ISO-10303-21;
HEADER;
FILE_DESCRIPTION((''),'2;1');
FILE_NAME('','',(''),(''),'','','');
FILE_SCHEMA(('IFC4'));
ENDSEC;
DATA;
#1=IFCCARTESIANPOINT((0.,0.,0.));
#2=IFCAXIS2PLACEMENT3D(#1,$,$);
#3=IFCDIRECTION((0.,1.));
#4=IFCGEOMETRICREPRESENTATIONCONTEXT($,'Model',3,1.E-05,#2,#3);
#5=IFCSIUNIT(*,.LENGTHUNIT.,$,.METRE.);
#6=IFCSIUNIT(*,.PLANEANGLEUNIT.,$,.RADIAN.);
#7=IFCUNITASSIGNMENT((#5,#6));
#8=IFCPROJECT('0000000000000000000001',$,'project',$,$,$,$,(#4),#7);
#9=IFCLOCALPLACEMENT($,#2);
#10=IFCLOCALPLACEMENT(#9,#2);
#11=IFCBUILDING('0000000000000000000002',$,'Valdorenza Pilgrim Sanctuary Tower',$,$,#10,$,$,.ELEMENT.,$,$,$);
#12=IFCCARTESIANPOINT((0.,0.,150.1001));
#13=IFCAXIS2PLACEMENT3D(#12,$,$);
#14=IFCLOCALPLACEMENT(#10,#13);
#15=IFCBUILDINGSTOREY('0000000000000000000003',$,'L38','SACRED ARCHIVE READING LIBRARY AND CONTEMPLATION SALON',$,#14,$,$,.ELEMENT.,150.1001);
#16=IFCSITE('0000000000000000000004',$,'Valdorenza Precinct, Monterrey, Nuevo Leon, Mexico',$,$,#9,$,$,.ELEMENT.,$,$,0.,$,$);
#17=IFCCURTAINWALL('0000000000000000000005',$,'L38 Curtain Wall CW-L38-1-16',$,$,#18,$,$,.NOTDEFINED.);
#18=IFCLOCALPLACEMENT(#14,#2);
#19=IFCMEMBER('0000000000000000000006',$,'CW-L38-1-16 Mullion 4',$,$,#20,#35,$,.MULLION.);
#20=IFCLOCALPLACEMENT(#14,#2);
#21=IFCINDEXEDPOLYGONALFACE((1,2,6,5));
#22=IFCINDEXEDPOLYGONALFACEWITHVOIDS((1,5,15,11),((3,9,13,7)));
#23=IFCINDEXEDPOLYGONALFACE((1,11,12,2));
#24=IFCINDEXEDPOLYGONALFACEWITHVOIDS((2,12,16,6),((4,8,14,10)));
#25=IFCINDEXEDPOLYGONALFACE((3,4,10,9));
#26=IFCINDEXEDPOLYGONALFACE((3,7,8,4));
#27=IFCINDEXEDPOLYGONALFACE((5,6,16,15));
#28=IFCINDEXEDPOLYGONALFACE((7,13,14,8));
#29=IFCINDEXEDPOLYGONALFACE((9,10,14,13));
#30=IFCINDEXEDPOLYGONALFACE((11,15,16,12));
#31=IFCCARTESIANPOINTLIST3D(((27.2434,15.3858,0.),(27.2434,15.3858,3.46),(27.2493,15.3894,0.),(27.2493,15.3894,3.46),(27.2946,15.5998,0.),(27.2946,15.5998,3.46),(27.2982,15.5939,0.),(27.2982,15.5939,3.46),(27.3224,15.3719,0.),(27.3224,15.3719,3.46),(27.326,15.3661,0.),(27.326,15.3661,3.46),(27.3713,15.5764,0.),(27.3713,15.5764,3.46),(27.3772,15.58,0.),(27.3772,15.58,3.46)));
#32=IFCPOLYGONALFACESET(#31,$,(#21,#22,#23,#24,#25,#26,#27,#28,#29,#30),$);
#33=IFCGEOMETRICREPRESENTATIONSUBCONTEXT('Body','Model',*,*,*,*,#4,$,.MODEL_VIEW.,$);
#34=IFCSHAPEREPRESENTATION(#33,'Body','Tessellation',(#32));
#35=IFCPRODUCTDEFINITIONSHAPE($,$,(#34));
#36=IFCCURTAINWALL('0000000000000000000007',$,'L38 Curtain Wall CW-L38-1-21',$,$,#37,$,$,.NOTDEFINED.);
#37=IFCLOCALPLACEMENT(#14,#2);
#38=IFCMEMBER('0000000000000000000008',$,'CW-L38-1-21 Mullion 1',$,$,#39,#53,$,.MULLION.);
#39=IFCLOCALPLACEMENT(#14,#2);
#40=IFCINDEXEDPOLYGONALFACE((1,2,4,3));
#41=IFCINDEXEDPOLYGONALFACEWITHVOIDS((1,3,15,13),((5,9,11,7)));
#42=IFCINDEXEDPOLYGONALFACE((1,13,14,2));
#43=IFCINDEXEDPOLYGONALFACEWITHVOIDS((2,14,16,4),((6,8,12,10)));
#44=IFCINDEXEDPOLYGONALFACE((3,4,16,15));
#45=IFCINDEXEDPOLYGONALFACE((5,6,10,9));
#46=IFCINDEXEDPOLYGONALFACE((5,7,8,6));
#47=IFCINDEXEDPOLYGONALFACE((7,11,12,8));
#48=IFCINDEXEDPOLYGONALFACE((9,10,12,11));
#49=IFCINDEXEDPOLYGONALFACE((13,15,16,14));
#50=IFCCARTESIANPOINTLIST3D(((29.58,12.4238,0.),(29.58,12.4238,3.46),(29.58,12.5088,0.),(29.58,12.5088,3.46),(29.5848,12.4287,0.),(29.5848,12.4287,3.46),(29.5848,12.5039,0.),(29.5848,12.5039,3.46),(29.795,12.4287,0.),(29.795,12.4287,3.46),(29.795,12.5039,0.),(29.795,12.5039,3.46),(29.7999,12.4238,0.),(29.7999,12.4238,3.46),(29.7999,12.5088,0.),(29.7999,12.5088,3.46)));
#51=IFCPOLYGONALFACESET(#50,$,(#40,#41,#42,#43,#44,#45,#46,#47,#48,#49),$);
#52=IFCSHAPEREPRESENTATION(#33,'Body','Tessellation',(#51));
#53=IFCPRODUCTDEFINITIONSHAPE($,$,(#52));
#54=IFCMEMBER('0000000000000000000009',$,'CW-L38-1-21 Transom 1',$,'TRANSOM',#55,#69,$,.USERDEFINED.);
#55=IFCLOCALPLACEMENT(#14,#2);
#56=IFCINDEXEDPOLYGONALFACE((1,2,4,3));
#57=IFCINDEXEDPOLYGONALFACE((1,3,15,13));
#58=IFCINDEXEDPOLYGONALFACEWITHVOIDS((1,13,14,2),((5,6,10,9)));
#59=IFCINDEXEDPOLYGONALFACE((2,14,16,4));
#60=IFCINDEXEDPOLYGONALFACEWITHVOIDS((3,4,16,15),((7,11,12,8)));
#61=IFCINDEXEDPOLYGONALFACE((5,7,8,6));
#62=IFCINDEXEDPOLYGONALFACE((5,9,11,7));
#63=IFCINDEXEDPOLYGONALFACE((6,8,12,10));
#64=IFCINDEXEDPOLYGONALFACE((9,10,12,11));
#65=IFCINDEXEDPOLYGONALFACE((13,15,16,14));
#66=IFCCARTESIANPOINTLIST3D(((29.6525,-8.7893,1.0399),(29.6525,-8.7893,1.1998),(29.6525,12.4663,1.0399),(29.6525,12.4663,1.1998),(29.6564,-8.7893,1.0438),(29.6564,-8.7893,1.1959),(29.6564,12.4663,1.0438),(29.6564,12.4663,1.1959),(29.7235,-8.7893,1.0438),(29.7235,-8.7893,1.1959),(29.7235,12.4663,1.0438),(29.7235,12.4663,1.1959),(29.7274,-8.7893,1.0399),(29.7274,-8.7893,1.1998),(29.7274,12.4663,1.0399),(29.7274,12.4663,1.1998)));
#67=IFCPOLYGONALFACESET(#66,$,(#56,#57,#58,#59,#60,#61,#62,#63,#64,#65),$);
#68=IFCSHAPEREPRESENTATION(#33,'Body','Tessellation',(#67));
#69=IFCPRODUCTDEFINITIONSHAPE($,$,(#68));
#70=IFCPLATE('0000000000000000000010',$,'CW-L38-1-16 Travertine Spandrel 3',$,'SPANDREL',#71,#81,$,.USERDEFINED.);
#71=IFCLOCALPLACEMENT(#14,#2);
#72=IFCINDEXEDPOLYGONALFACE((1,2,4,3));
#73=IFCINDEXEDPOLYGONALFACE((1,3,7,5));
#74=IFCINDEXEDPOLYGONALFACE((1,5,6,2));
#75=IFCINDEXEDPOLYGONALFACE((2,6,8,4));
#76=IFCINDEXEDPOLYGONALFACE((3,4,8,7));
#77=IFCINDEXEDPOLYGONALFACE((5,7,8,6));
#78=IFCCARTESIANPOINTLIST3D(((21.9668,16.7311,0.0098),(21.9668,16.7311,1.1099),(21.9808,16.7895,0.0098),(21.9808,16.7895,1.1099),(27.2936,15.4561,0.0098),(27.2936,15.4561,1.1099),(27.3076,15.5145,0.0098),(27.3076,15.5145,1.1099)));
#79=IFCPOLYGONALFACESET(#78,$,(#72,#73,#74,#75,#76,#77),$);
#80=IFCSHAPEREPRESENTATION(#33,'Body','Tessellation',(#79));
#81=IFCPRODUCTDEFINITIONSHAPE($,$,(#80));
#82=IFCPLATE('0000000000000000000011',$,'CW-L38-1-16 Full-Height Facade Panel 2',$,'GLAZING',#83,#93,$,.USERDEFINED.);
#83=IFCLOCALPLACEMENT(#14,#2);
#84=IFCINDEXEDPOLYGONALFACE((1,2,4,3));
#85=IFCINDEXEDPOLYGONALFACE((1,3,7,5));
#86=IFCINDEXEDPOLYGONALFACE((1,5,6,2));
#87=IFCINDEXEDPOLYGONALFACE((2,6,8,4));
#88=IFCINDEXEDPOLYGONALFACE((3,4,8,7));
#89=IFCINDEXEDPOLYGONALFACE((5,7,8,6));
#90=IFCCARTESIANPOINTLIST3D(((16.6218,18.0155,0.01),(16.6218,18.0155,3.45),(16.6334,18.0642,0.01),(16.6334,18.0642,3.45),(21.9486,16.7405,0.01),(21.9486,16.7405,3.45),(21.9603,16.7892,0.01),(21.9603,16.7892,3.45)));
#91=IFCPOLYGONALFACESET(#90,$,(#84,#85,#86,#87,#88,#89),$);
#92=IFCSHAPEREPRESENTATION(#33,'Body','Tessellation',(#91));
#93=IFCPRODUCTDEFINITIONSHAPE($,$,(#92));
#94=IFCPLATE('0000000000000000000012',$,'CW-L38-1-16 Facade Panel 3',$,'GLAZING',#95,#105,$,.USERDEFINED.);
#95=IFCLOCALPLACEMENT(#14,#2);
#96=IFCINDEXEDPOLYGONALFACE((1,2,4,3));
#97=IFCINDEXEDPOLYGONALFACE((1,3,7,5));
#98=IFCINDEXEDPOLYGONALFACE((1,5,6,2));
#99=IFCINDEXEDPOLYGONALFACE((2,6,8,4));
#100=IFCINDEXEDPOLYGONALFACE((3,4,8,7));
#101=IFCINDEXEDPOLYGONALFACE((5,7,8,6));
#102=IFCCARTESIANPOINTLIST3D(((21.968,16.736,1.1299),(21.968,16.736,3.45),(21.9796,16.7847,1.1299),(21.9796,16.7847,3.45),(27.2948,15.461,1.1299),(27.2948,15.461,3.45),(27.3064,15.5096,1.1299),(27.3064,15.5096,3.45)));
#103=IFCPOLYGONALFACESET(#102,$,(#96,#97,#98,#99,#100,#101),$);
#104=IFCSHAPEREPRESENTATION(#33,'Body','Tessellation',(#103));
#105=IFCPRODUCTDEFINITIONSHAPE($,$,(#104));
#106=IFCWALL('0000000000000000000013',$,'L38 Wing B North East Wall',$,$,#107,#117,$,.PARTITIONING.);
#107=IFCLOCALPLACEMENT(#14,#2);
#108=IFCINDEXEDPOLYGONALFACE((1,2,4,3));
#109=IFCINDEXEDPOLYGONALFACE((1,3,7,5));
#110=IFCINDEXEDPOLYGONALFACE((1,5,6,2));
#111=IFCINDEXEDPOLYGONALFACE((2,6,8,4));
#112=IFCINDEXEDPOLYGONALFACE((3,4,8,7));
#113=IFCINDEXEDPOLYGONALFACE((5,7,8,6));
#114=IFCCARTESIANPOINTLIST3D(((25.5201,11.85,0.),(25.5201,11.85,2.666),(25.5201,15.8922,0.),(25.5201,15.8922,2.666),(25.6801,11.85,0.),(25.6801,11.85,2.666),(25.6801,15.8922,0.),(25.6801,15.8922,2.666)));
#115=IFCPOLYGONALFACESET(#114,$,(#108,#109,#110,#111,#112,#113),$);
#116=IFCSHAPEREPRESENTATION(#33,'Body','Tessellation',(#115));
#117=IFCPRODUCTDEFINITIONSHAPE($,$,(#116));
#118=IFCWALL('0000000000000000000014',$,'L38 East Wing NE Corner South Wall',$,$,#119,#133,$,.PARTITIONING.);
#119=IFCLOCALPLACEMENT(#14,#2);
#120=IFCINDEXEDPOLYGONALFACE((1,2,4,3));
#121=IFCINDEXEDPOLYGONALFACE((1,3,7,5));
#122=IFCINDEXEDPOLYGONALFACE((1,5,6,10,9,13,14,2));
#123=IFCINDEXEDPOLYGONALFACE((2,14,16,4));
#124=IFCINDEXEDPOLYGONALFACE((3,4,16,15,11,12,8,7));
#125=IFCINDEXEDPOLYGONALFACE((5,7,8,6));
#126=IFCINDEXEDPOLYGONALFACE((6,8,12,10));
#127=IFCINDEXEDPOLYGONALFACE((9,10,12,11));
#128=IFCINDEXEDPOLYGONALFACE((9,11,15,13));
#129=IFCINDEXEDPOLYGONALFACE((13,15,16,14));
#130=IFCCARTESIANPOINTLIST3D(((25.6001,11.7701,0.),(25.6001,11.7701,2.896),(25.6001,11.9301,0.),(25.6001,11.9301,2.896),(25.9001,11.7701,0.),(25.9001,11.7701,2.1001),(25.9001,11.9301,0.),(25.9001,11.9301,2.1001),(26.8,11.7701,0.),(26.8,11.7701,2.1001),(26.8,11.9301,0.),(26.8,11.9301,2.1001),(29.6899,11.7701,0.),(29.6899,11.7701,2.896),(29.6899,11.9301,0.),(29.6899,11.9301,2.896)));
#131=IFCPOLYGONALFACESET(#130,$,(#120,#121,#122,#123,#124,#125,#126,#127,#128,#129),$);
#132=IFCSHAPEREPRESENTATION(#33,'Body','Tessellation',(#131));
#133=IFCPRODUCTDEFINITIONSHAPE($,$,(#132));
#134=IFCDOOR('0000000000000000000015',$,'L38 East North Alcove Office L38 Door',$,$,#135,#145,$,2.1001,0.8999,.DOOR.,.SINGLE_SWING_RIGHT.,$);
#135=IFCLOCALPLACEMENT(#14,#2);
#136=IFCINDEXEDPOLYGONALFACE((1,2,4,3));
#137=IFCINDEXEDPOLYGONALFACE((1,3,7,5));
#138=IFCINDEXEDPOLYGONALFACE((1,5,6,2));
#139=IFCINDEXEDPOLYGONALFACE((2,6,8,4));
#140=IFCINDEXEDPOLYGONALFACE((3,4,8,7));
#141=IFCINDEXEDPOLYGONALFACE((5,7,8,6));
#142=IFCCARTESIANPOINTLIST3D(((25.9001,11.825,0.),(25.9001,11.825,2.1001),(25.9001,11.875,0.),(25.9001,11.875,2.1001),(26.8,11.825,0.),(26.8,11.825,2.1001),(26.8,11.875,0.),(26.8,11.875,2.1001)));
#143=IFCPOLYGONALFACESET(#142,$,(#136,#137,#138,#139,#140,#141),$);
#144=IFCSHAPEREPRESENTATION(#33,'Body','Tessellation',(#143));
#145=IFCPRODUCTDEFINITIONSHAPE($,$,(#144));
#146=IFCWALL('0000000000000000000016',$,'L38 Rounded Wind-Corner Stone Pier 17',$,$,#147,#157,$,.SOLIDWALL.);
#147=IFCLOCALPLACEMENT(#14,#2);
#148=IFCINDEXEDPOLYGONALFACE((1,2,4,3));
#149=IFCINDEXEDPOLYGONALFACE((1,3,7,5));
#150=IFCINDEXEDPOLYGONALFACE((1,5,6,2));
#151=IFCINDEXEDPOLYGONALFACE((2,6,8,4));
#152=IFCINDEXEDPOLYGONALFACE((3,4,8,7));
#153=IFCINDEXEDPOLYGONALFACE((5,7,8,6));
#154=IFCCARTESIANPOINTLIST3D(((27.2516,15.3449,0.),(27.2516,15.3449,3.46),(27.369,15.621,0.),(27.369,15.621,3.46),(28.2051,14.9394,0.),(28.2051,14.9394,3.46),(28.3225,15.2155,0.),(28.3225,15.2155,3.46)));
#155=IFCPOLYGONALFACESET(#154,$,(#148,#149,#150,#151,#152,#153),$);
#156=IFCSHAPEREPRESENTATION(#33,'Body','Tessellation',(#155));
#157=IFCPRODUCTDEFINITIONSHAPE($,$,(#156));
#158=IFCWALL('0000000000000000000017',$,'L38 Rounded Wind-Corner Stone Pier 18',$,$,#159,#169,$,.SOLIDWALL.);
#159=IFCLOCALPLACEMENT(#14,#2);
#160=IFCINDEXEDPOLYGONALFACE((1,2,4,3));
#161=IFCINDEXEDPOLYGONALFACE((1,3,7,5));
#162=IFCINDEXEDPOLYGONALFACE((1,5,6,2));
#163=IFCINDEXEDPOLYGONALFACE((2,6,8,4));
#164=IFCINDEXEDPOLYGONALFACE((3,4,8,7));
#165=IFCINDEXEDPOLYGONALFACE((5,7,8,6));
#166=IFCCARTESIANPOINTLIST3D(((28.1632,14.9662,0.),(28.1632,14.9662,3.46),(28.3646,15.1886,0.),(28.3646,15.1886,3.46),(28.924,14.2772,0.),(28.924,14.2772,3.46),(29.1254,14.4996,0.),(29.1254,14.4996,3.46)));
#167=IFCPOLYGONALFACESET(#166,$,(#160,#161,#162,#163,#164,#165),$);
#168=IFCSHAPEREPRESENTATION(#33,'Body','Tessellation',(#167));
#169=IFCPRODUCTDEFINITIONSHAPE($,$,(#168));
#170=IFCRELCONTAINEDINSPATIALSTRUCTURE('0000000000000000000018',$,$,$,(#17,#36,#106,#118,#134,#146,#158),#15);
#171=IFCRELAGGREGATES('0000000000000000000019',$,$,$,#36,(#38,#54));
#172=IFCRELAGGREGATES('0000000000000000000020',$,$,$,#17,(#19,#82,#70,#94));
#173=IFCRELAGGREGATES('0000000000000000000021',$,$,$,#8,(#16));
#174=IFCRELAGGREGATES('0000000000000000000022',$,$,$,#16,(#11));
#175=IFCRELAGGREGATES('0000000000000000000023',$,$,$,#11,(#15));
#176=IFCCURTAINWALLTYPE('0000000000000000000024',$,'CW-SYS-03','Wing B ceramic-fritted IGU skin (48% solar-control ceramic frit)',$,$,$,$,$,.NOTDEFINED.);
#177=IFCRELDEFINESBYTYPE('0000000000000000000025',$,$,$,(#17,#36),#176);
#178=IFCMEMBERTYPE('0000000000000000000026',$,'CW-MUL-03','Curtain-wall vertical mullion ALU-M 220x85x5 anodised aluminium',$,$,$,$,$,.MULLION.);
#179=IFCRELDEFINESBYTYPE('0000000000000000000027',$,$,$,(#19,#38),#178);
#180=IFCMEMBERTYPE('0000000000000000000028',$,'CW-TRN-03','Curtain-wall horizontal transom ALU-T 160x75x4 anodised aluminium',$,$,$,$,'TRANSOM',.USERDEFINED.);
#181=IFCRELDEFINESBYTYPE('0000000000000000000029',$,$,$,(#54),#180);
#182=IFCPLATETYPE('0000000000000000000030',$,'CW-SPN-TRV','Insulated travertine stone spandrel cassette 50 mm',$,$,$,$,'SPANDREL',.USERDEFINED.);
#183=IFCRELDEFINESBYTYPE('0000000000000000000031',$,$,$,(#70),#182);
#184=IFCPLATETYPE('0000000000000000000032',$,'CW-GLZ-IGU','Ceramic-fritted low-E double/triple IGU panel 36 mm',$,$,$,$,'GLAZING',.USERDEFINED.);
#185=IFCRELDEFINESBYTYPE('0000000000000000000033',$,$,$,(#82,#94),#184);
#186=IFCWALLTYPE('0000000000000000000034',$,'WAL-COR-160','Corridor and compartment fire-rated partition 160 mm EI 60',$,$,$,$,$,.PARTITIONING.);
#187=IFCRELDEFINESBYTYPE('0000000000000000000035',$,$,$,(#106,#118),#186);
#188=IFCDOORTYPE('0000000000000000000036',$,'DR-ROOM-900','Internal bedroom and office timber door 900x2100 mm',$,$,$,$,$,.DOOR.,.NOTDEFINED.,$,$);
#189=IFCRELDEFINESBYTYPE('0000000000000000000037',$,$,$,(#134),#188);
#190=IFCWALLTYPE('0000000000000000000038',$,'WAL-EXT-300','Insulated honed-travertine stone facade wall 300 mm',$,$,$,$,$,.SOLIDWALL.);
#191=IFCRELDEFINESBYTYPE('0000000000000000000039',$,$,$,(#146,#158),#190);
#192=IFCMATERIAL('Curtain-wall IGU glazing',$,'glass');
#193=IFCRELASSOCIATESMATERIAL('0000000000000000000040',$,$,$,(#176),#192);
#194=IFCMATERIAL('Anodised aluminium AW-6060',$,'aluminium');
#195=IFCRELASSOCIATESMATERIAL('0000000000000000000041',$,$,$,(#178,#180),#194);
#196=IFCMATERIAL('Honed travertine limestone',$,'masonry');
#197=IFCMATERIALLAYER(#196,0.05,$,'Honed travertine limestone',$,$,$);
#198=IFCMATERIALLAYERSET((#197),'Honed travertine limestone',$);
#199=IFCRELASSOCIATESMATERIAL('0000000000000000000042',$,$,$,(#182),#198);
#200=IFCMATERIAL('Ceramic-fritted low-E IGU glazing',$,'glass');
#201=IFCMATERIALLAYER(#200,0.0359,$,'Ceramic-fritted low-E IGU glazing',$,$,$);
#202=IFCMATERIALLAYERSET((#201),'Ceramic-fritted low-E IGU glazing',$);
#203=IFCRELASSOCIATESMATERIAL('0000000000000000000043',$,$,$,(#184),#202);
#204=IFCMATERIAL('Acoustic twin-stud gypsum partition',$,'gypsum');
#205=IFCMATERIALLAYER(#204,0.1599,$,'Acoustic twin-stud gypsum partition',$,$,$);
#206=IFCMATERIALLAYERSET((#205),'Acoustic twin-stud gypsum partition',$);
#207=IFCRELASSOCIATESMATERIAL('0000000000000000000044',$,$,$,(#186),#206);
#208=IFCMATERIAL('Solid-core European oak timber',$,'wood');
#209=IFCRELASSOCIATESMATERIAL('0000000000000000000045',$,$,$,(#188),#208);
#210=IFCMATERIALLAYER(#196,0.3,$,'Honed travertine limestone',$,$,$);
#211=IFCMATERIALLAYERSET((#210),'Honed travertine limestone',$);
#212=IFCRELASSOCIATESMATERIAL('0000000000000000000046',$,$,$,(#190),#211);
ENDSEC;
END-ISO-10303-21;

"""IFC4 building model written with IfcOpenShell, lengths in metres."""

from ifc_helpers import new_model, si_unit, direction, frame, frame_2d, origin, origin_2d, place, context, subcontext, project, spatial, rectangle, hollow_rectangle, extrude, source, transform, mapped, material, layer, layer_set, material_profile, profile_set, type_object, element, fill, aggregate, save


model = new_model("IFC4")

# Units and contexts
model_context = context("Model", 3, precision=1e-05, world=origin(), true_north=direction((0.0, 1.0)))
body_context = subcontext(model_context, "Body", "Model", "MODEL_VIEW")
ifc_project = project(units=[si_unit("LENGTHUNIT", "METRE"), si_unit("PLANEANGLEUNIT", "RADIAN")], contexts=[model_context])

# Site, building, storey
site_placement = place(None, origin())
site = spatial("IfcSite", under=ifc_project, at=site_placement, Name="Valdorenza Precinct, Monterrey, Nuevo Leon, Mexico", CompositionType="ELEMENT", RefElevation=0.0)
building_placement = place(site_placement, origin())
building = spatial("IfcBuilding", under=site, at=building_placement, Name="Valdorenza Pilgrim Sanctuary Tower", CompositionType="ELEMENT")
storey_placement = place(building_placement, frame((0.0, 0.0, 150.1001)))
storey = spatial("IfcBuildingStorey", under=building, at=storey_placement, Name="L38", Description="SACRED ARCHIVE READING LIBRARY AND CONTEMPLATION SALON", CompositionType="ELEMENT", Elevation=150.1001)

# Curtain walls, members
ifc_material_1 = material(Name="Curtain-wall IGU glazing", Category="glass")
curtain_wall_type = type_object("IfcCurtainWallType", Name="CW-SYS-03", Description="Wing B ceramic-fritted IGU skin (48% solar-control ceramic frit)", PredefinedType="NOTDEFINED", material=ifc_material_1)
curtain_wall_1_placement = place(storey_placement, origin())
curtain_wall_1 = element("IfcCurtainWall", 1, at=curtain_wall_1_placement, inside=storey, type_object=curtain_wall_type, Name="L38 Curtain Wall CW-L38-1-16", PredefinedType="NOTDEFINED")
ifc_material_2 = material(Name="Anodised aluminium AW-6060", Category="aluminium")
ifc_material_profile_1 = material_profile(ifc_material_2, hollow_rectangle(XDim=0.085, YDim=0.22, WallThickness=0.0049, at=origin_2d()), Name="ALU-M 220x85x5")
ifc_profile_set_1 = profile_set([ifc_material_profile_1], Name="Anodised aluminium AW-6060")
member_type_1 = type_object("IfcMemberType", Name="CW-MUL-03", Description="Curtain-wall vertical mullion ALU-M 220x85x5 anodised aluminium", PredefinedType="MULLION", material=ifc_profile_set_1)
shared_shape_1 = source(origin(), body_context, "Body", "SweptSolid", [
    extrude(hollow_rectangle(XDim=0.085, YDim=0.22, WallThickness=0.0049, at=origin_2d()), origin(), (0.0, 0.0, 1.0), 3.46),
])
member_1_placement = place(storey_placement, frame((27.3103, 15.4829, 0.0), z_axis=(0.0, 0.0, 1.0), x_axis=(0.972529, -0.232783, 0.0)))
member_1 = element("IfcMember", 2, at=member_1_placement, type_object=member_type_1, Name="CW-L38-1-16 Mullion 4", PredefinedType="MULLION", context=body_context, shape_type="MappedRepresentation", body=[
    mapped(shared_shape_1, transform((0.0, 0.0, 0.0), x_axis=(1.0, 0.0, 0.0), y_axis=(0.0, 1.0, 0.0), z_axis=(0.0, 0.0, 1.0), scale=1.0)),
])
curtain_wall_2_placement = place(storey_placement, origin())
curtain_wall_2 = element("IfcCurtainWall", 3, at=curtain_wall_2_placement, inside=storey, type_object=curtain_wall_type, Name="L38 Curtain Wall CW-L38-1-21", PredefinedType="NOTDEFINED")
member_2_placement = place(storey_placement, frame((29.6899, 12.4663, 0.0), z_axis=(0.0, 0.0, 1.0), x_axis=(0.0, -1.0, 0.0)))
member_2 = element("IfcMember", 4, at=member_2_placement, type_object=member_type_1, Name="CW-L38-1-21 Mullion 1", PredefinedType="MULLION", context=body_context, shape_type="MappedRepresentation", body=[
    mapped(shared_shape_1, transform((0.0, 0.0, 0.0), x_axis=(1.0, 0.0, 0.0), y_axis=(0.0, 1.0, 0.0), z_axis=(0.0, 0.0, 1.0), scale=1.0)),
])
ifc_material_profile_2 = material_profile(ifc_material_2, hollow_rectangle(XDim=0.075, YDim=0.1599, WallThickness=0.0039, at=origin_2d()), Name="ALU-T 160x75x4")
ifc_profile_set_2 = profile_set([ifc_material_profile_2], Name="Anodised aluminium AW-6060")
member_type_2 = type_object("IfcMemberType", Name="CW-TRN-03", Description="Curtain-wall horizontal transom ALU-T 160x75x4 anodised aluminium", ElementType="TRANSOM", PredefinedType="USERDEFINED", material=ifc_profile_set_2)
shared_shape_2 = source(origin(), body_context, "Body", "SweptSolid", [
    extrude(hollow_rectangle(XDim=0.075, YDim=0.1599, WallThickness=0.0039, at=origin_2d()), origin(), (0.0, 0.0, 1.0), 21.2556),
])
member_3_placement = place(storey_placement, frame((29.6899, 12.4663, 1.1199), z_axis=(0.0, -1.0, 0.0), x_axis=(1.0, 0.0, 0.0)))
member_3 = element("IfcMember", 5, at=member_3_placement, type_object=member_type_2, Name="CW-L38-1-21 Transom 1", ObjectType="TRANSOM", PredefinedType="USERDEFINED", context=body_context, shape_type="MappedRepresentation", body=[
    mapped(shared_shape_2, transform((0.0, 0.0, 0.0), x_axis=(1.0, 0.0, 0.0), y_axis=(0.0, 1.0, 0.0), z_axis=(0.0, 0.0, 1.0), scale=1.0)),
])
aggregate(curtain_wall_2, [member_2, member_3])

# Plates
ifc_material_3 = material(Name="Honed travertine limestone", Category="masonry")
ifc_layer_1 = layer(ifc_material_3, 0.05, Name="Honed travertine limestone")
ifc_layer_set_1 = layer_set([ifc_layer_1], Name="Honed travertine limestone")
plate_type_1 = type_object("IfcPlateType", Name="CW-SPN-TRV", Description="Insulated travertine stone spandrel cassette 50 mm", ElementType="SPANDREL", PredefinedType="USERDEFINED", material=ifc_layer_set_1)
shared_shape_3 = source(origin(), body_context, "Body", "SweptSolid", [
    extrude(rectangle(XDim=5.4773, YDim=0.0601, at=origin_2d()), origin(), (0.0, 0.0, 1.0), 1.1001),
])
plate_1_placement = place(storey_placement, frame((24.6372, 16.1228, 0.0098), z_axis=(0.0, 0.0, 1.0), x_axis=(0.972529, -0.232783, 0.0)))
plate_1 = element("IfcPlate", 6, at=plate_1_placement, type_object=plate_type_1, Name="CW-L38-1-16 Travertine Spandrel 3", ObjectType="SPANDREL", PredefinedType="USERDEFINED", context=body_context, shape_type="MappedRepresentation", body=[
    mapped(shared_shape_3, transform((0.0, 0.0, 0.0), x_axis=(1.0, 0.0, 0.0), y_axis=(0.0, 1.0, 0.0), z_axis=(0.0, 0.0, 1.0), scale=1.0)),
])
ifc_material_4 = material(Name="Ceramic-fritted low-E IGU glazing", Category="glass")
ifc_layer_2 = layer(ifc_material_4, 0.0359, Name="Ceramic-fritted low-E IGU glazing")
ifc_layer_set_2 = layer_set([ifc_layer_2], Name="Ceramic-fritted low-E IGU glazing")
plate_type_2 = type_object("IfcPlateType", Name="CW-GLZ-IGU", Description="Ceramic-fritted low-E double/triple IGU panel 36 mm", ElementType="GLAZING", PredefinedType="USERDEFINED", material=ifc_layer_set_2)
shared_shape_4 = source(origin(), body_context, "Body", "SweptSolid", [
    extrude(rectangle(XDim=5.4773, YDim=0.05, at=origin_2d()), origin(), (0.0, 0.0, 1.0), 3.4399),
])
plate_2_placement = place(storey_placement, frame((19.291, 17.4023, 0.01), z_axis=(0.0, 0.0, 1.0), x_axis=(0.972529, -0.232783, 0.0)))
plate_2 = element("IfcPlate", 7, at=plate_2_placement, type_object=plate_type_2, Name="CW-L38-1-16 Full-Height Facade Panel 2", ObjectType="GLAZING", PredefinedType="USERDEFINED", context=body_context, shape_type="MappedRepresentation", body=[
    mapped(shared_shape_4, transform((0.0, 0.0, 0.0), x_axis=(1.0, 0.0, 0.0), y_axis=(0.0, 1.0, 0.0), z_axis=(0.0, 0.0, 1.0), scale=1.0)),
])
shared_shape_5 = source(origin(), body_context, "Body", "SweptSolid", [
    extrude(rectangle(XDim=5.4773, YDim=0.05, at=origin_2d()), origin(), (0.0, 0.0, 1.0), 2.3201),
])
plate_3_placement = place(storey_placement, frame((24.6372, 16.1228, 1.1299), z_axis=(0.0, 0.0, 1.0), x_axis=(0.972529, -0.232783, 0.0)))
plate_3 = element("IfcPlate", 8, at=plate_3_placement, type_object=plate_type_2, Name="CW-L38-1-16 Facade Panel 3", ObjectType="GLAZING", PredefinedType="USERDEFINED", context=body_context, shape_type="MappedRepresentation", body=[
    mapped(shared_shape_5, transform((0.0, 0.0, 0.0), x_axis=(1.0, 0.0, 0.0), y_axis=(0.0, 1.0, 0.0), z_axis=(0.0, 0.0, 1.0), scale=1.0)),
])
aggregate(curtain_wall_1, [member_1, plate_2, plate_1, plate_3])

# Wall
ifc_material_5 = material(Name="Acoustic twin-stud gypsum partition", Category="gypsum")
ifc_layer_3 = layer(ifc_material_5, 0.1599, Name="Acoustic twin-stud gypsum partition")
ifc_layer_set_3 = layer_set([ifc_layer_3], Name="Acoustic twin-stud gypsum partition")
wall_type_1 = type_object("IfcWallType", Name="WAL-COR-160", Description="Corridor and compartment fire-rated partition 160 mm EI 60", PredefinedType="PARTITIONING", material=ifc_layer_set_3)
wall_1_placement = place(storey_placement, frame((25.6001, 11.8501, 0.0), z_axis=(0.0, 0.0, 1.0), x_axis=(0.0, 1.0, 0.0)))
element("IfcWall", 9, at=wall_1_placement, inside=storey, type_object=wall_type_1, Name="L38 Wing B North East Wall", PredefinedType="PARTITIONING", context=body_context, shape_type="SweptSolid", body=[
    extrude(rectangle(XDim=4.0422, YDim=0.1599, at=frame_2d((2.021, 0.0))), origin(), (0.0, 0.0, 1.0), 2.666),
])

# Wall, opening, door
wall_2_placement = place(storey_placement, frame((25.6001, 11.8501, 0.0), z_axis=(0.0, 0.0, 1.0), x_axis=(1.0, 0.0, 0.0)))
wall_2 = element("IfcWall", 10, at=wall_2_placement, inside=storey, type_object=wall_type_1, Name="L38 East Wing NE Corner South Wall", PredefinedType="PARTITIONING", context=body_context, shape_type="SweptSolid", body=[
    extrude(rectangle(XDim=4.0898, YDim=0.1599, at=frame_2d((2.0449, 0.0))), origin(), (0.0, 0.0, 1.0), 2.896),
])
opening_placement = place(wall_2_placement, frame((0.3, 0.0, 0.0)))
opening = element("IfcOpeningElement", 11, at=opening_placement, cuts=wall_2, PredefinedType="OPENING", context=body_context, shape_type="SweptSolid", body=[
    extrude(rectangle(XDim=0.8999, YDim=2.1001, at=frame_2d((0.45, 1.05))), frame((0.0, 0.0947, 0.0), z_axis=(0.0, -1.0, 0.0), x_axis=(1.0, 0.0, 0.0)), (0.0, 0.0, 1.0), 0.1897),
])
ifc_material_6 = material(Name="Solid-core European oak timber", Category="wood")
door_type = type_object("IfcDoorType", Name="DR-ROOM-900", Description="Internal bedroom and office timber door 900x2100 mm", OperationType="NOTDEFINED", PredefinedType="DOOR", material=ifc_material_6)
door_placement = place(opening_placement, origin())
door = element("IfcDoor", 12, at=door_placement, inside=storey, type_object=door_type, Name="L38 East North Alcove Office L38 Door", OperationType="SINGLE_SWING_RIGHT", OverallHeight=2.1001, OverallWidth=0.8999, PredefinedType="DOOR", context=body_context, shape_type="SweptSolid", body=[
    extrude(rectangle(XDim=0.8999, YDim=2.1001, at=frame_2d((0.45, 1.05))), frame((0.0, 0.0249, 0.0), z_axis=(0.0, -1.0, 0.0), x_axis=(1.0, 0.0, 0.0)), (0.0, 0.0, 1.0), 0.05),
])
fill(opening, door)

# Walls
ifc_layer_4 = layer(ifc_material_3, 0.3, Name="Honed travertine limestone")
ifc_layer_set_4 = layer_set([ifc_layer_4], Name="Honed travertine limestone")
wall_type_2 = type_object("IfcWallType", Name="WAL-EXT-300", Description="Insulated honed-travertine stone facade wall 300 mm", PredefinedType="SOLIDWALL", material=ifc_layer_set_4)
wall_3_placement = place(storey_placement, frame((27.3103, 15.4829, 0.0), z_axis=(0.0, 0.0, 1.0), x_axis=(0.92025, -0.39133, 0.0)))
element("IfcWall", 13, at=wall_3_placement, inside=storey, type_object=wall_type_2, Name="L38 Rounded Wind-Corner Stone Pier 17", PredefinedType="SOLIDWALL", context=body_context, shape_type="SweptSolid", body=[
    extrude(rectangle(XDim=1.0361, YDim=0.3, at=frame_2d((0.5181, 0.0))), origin(), (0.0, 0.0, 1.0), 3.46),
])
wall_4_placement = place(storey_placement, frame((28.2639, 15.0774, 0.0), z_axis=(0.0, 0.0, 1.0), x_axis=(0.741209, -0.671275, 0.0)))
element("IfcWall", 14, at=wall_4_placement, inside=storey, type_object=wall_type_2, Name="L38 Rounded Wind-Corner Stone Pier 18", PredefinedType="SOLIDWALL", context=body_context, shape_type="SweptSolid", body=[
    extrude(rectangle(XDim=1.0264, YDim=0.3, at=frame_2d((0.5132, 0.0))), origin(), (0.0, 0.0, 1.0), 3.46),
])

save(model, "model.ifc")
